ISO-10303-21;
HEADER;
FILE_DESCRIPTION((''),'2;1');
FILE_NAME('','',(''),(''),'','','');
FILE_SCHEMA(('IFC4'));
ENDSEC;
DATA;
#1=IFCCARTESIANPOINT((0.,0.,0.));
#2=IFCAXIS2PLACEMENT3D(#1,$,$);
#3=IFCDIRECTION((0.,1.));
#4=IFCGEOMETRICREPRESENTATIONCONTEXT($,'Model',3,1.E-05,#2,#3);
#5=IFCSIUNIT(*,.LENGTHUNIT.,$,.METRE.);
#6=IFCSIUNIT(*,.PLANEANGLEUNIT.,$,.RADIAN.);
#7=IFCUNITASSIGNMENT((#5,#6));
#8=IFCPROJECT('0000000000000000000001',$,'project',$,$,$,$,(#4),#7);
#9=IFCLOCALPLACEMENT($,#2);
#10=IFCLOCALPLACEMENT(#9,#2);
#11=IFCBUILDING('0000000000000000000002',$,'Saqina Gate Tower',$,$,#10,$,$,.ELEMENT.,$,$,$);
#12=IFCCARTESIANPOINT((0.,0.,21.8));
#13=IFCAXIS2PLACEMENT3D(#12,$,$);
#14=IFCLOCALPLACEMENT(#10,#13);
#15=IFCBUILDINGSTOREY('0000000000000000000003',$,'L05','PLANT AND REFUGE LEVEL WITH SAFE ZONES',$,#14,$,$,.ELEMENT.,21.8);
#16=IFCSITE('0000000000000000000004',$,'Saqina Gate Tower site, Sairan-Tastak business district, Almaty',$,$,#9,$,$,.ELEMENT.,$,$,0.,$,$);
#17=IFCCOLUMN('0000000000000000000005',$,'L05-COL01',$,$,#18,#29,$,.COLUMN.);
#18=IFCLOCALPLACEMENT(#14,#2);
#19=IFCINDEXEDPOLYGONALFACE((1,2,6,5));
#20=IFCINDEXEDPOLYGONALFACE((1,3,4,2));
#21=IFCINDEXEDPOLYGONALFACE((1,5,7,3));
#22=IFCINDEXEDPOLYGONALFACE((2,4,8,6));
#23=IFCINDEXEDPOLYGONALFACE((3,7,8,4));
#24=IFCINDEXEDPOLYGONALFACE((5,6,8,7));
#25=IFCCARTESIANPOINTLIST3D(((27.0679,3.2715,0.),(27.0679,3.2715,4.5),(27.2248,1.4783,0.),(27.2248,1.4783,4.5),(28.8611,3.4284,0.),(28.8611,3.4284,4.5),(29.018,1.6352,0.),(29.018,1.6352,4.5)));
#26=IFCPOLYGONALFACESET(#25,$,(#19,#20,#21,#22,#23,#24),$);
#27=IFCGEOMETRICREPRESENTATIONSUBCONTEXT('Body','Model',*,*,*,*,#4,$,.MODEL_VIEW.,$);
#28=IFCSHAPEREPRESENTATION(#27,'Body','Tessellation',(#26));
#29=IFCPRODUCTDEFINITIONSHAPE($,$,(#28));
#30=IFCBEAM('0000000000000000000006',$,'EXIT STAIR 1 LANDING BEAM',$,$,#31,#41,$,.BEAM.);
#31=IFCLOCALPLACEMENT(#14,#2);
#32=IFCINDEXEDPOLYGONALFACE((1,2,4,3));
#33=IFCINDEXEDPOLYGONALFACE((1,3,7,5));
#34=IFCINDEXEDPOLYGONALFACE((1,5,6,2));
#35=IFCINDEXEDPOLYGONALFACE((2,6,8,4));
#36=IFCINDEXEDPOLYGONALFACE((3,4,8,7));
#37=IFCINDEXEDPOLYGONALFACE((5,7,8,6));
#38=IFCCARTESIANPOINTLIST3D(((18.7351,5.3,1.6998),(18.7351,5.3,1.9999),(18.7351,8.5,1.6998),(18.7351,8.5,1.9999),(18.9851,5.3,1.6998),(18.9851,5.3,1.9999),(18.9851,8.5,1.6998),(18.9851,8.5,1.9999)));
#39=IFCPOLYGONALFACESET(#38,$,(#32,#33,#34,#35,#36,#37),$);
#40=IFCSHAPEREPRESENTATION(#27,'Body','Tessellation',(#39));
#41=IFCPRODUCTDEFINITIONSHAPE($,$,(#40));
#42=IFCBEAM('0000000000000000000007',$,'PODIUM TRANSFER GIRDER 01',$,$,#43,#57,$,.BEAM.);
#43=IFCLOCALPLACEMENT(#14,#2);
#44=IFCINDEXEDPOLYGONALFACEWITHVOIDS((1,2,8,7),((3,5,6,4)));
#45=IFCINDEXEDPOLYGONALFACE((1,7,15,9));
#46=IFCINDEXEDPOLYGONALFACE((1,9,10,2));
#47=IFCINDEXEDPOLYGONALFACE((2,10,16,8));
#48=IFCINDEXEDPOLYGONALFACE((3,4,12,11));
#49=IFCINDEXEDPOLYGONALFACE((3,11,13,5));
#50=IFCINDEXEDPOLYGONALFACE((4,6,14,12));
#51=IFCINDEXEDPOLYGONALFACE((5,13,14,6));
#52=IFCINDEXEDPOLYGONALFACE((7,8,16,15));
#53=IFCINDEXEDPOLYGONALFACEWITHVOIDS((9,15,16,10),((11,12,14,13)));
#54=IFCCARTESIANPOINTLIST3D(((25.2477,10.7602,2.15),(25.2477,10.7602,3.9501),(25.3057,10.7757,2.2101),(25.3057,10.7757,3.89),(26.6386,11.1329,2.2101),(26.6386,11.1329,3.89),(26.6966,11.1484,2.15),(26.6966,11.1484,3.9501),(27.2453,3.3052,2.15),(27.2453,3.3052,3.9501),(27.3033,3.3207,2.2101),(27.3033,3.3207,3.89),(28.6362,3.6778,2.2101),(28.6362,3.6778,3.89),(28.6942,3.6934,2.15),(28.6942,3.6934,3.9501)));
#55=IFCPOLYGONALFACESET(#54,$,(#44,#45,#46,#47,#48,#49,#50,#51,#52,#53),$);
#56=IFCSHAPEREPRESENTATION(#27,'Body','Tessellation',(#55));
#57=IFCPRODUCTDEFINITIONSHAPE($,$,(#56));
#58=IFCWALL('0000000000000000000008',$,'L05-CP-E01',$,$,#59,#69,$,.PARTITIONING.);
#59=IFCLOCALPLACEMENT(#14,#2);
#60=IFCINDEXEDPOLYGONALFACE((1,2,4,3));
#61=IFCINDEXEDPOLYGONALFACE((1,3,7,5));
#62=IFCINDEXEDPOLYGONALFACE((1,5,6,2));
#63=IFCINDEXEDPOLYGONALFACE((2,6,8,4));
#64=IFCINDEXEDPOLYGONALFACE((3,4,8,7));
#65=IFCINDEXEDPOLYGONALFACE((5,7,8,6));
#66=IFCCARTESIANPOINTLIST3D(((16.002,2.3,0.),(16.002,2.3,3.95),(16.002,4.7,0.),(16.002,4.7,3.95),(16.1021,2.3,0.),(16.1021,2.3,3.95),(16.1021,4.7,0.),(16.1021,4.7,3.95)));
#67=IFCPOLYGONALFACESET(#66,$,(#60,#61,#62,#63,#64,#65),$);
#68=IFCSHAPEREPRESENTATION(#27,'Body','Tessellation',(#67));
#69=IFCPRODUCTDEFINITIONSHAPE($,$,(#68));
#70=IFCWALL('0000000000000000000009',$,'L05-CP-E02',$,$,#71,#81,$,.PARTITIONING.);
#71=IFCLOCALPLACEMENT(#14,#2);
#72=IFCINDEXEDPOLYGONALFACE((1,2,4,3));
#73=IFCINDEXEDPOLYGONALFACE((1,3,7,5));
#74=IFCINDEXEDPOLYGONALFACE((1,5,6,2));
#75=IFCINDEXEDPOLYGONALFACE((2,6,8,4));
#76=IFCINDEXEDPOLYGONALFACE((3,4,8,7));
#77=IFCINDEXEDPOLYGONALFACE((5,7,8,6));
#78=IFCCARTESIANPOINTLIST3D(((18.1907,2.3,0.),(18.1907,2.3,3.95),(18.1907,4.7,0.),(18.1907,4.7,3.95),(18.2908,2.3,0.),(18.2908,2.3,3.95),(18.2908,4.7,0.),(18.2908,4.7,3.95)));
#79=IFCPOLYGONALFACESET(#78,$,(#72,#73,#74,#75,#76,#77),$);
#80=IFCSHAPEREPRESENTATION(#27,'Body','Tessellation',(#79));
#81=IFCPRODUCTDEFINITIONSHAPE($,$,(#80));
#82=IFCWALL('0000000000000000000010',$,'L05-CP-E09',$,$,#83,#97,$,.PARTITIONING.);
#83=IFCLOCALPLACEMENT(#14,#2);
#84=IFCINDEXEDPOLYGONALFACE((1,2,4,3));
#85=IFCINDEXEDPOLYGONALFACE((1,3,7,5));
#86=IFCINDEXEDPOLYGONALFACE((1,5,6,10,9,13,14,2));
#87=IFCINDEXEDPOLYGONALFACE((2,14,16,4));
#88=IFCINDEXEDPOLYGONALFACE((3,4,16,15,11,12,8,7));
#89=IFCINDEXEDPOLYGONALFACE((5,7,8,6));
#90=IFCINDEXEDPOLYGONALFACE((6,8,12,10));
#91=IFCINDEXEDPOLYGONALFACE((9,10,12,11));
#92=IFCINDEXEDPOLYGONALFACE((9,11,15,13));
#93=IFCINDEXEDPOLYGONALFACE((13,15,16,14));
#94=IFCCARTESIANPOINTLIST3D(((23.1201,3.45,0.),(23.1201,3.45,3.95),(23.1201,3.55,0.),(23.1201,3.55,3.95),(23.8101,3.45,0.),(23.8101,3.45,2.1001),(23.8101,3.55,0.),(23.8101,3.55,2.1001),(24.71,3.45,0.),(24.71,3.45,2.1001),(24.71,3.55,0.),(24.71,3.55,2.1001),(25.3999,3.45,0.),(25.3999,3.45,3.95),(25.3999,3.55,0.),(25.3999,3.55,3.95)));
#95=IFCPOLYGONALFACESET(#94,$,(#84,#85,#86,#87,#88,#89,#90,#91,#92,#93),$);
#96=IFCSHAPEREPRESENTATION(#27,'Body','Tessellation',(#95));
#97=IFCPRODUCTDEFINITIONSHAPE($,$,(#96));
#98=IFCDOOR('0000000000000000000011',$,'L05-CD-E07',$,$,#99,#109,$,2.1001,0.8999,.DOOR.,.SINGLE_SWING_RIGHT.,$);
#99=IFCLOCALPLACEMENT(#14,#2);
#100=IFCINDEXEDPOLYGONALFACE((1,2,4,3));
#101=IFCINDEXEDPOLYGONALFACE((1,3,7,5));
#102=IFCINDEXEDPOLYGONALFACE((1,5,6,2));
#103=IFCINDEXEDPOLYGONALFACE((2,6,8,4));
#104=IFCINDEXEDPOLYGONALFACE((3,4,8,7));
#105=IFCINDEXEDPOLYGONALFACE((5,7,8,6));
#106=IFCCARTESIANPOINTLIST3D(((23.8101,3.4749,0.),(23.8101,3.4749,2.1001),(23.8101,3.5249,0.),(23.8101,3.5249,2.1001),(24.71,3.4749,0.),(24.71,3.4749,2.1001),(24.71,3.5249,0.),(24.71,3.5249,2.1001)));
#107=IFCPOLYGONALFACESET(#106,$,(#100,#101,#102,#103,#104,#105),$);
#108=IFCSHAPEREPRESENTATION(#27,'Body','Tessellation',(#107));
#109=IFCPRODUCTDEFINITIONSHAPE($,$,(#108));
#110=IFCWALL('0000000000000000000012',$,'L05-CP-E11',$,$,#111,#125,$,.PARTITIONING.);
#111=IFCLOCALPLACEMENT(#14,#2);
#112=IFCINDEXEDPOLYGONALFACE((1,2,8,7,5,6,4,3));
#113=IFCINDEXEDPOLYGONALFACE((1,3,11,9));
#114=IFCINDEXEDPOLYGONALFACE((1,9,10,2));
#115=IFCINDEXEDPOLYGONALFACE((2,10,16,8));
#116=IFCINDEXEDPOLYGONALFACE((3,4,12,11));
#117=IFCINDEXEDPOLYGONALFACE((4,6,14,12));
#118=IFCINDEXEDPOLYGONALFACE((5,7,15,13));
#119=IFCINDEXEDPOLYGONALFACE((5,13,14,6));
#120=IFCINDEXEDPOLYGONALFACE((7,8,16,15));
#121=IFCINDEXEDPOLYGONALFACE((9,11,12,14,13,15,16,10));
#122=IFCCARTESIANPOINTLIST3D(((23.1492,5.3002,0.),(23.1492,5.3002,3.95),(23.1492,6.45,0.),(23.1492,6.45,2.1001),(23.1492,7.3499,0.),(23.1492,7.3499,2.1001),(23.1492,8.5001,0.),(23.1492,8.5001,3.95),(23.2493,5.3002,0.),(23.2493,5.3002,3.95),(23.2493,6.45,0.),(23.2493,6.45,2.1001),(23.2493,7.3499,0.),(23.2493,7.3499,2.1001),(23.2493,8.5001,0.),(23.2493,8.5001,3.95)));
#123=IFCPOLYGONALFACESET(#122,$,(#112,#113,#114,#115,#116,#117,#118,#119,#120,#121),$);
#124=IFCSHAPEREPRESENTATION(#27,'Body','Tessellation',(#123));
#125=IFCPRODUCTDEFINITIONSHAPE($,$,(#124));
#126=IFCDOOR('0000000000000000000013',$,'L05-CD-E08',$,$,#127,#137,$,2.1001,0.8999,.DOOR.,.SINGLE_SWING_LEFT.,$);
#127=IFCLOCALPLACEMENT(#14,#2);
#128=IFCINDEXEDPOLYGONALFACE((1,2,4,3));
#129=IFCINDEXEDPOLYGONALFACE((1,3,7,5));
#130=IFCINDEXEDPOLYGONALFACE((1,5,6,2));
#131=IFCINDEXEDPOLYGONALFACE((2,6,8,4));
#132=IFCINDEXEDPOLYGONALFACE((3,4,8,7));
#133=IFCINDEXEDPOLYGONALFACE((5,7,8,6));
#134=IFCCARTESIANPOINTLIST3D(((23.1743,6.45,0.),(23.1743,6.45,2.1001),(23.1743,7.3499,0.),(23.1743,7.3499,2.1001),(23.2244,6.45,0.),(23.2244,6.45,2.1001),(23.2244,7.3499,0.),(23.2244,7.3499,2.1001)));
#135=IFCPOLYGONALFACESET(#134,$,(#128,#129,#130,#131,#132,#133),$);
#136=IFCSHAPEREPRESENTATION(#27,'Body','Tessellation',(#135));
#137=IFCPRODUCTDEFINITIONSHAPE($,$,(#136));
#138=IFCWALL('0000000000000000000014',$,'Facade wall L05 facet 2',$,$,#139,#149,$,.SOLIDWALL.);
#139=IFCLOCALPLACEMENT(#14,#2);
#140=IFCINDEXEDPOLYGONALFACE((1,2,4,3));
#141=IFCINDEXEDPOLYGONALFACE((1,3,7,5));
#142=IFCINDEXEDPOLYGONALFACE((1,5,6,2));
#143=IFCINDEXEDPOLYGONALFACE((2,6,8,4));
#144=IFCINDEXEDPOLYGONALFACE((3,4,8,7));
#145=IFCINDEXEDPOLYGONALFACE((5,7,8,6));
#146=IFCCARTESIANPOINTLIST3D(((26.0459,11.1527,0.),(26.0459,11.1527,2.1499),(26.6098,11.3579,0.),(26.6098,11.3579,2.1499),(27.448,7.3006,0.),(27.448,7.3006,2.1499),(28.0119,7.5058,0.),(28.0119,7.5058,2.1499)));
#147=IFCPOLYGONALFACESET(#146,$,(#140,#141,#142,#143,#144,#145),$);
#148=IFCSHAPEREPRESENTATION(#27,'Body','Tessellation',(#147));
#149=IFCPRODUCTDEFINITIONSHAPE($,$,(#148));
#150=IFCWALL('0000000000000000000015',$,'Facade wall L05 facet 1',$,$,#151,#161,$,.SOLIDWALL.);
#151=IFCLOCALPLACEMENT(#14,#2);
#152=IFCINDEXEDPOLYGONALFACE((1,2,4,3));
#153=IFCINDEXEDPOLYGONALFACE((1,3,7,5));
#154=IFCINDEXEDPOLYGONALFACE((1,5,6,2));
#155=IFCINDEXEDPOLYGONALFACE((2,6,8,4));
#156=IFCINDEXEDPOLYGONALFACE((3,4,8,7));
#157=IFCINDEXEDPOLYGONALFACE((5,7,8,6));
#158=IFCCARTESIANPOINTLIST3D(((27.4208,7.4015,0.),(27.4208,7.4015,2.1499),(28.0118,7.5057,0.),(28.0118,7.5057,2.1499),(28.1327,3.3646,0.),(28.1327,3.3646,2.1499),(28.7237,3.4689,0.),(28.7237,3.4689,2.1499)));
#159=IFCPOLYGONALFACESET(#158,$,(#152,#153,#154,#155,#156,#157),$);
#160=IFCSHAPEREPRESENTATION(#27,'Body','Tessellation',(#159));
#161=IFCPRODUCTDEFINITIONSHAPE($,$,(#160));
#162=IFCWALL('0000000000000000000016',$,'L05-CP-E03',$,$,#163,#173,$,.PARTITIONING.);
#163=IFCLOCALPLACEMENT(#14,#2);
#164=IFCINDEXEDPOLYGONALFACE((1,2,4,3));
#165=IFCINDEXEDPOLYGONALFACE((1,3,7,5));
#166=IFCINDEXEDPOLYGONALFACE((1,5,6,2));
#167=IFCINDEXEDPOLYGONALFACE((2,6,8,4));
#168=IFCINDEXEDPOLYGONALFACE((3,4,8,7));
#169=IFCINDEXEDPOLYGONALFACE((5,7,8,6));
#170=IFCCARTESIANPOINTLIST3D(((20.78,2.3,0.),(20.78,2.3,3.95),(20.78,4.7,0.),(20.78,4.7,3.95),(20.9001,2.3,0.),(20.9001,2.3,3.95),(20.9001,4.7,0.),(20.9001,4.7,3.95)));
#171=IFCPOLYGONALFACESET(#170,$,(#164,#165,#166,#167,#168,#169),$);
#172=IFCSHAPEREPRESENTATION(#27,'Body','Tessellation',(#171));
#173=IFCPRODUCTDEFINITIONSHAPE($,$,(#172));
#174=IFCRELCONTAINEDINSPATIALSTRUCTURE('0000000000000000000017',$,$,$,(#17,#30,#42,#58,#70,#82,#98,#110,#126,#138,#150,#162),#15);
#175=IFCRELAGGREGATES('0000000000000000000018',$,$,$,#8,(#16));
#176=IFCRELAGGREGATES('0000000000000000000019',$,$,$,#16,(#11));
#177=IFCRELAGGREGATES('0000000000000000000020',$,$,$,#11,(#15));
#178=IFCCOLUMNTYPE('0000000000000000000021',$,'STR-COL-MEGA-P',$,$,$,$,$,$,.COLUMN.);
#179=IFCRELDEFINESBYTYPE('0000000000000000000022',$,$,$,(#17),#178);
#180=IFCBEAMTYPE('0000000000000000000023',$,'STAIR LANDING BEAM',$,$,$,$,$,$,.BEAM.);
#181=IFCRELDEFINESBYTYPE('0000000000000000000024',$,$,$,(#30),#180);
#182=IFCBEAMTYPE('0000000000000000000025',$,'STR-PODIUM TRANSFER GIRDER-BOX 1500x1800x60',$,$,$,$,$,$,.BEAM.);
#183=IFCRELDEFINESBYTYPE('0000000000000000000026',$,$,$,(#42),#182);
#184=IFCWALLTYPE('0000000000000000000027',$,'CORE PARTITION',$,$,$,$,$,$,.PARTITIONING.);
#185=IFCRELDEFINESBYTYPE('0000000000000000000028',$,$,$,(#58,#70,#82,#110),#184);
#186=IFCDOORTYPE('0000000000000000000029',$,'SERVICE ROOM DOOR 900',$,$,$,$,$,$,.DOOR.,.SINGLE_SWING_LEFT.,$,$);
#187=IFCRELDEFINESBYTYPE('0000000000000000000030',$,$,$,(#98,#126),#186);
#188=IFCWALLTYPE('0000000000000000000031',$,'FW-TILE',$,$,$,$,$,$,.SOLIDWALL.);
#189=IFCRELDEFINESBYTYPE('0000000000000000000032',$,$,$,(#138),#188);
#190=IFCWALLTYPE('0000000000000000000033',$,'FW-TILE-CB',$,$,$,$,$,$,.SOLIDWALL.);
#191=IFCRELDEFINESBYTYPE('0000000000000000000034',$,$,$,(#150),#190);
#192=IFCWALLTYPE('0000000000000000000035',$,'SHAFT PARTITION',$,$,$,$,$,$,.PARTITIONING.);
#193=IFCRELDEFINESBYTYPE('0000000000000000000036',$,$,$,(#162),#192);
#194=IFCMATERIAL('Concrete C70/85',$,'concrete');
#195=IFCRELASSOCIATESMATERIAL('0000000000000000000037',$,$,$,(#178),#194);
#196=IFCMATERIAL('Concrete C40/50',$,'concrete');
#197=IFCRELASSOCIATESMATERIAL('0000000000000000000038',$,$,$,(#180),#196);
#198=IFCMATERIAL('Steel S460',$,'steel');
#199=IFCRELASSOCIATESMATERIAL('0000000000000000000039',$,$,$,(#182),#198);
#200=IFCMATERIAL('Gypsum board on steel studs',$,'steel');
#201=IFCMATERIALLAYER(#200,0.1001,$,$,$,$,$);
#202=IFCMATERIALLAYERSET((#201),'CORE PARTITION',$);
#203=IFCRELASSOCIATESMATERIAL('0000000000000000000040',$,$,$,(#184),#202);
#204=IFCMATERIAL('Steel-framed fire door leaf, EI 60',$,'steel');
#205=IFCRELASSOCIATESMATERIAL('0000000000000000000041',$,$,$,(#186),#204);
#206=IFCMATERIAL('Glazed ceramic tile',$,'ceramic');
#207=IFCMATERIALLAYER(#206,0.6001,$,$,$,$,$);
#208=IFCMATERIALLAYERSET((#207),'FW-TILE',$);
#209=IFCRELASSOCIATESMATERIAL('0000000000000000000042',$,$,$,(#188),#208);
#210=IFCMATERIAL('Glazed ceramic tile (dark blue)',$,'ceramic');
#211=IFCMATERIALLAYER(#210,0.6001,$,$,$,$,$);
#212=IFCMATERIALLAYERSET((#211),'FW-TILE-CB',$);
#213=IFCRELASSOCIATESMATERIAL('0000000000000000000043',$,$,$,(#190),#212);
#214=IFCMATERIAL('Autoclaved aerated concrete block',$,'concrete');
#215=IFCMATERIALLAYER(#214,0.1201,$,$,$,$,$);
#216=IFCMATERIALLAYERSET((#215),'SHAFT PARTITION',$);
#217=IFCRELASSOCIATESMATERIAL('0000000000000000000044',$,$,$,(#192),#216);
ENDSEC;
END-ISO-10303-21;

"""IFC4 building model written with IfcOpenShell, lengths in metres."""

from ifc_helpers import new_model, si_unit, direction, frame, frame_2d, origin, origin_2d, place, context, subcontext, project, spatial, rectangle, hollow_rectangle, extrude, material, layer, layer_set, material_profile, profile_set, type_object, element, fill, save


model = new_model("IFC4")

# Units and contexts
model_context = context("Model", 3, precision=1e-05, world=origin(), true_north=direction((0.0, 1.0)))
body_context = subcontext(model_context, "Body", "Model", "MODEL_VIEW")
ifc_project = project(units=[si_unit("LENGTHUNIT", "METRE"), si_unit("PLANEANGLEUNIT", "RADIAN")], contexts=[model_context])

# Site, building, storey
site_placement = place(None, origin())
site = spatial("IfcSite", under=ifc_project, at=site_placement, Name="Saqina Gate Tower site, Sairan-Tastak business district, Almaty", CompositionType="ELEMENT", RefElevation=0.0)
building_placement = place(site_placement, origin())
building = spatial("IfcBuilding", under=site, at=building_placement, Name="Saqina Gate Tower", CompositionType="ELEMENT")
storey_placement = place(building_placement, frame((0.0, 0.0, 21.8)))
storey = spatial("IfcBuildingStorey", under=building, at=storey_placement, Name="L05", Description="PLANT AND REFUGE LEVEL WITH SAFE ZONES", CompositionType="ELEMENT", Elevation=21.8)

# Column
ifc_material_1 = material(Name="Concrete C70/85", Category="concrete")
ifc_material_profile_1 = material_profile(ifc_material_1, rectangle(XDim=1.8, YDim=1.8, at=origin_2d()), Name="RC 1800x1800")
ifc_profile_set_1 = profile_set([ifc_material_profile_1], Name="Concrete C70/85")
column_type = type_object("IfcColumnType", Name="STR-COL-MEGA-P", PredefinedType="COLUMN", material=ifc_profile_set_1)
column_placement = place(storey_placement, frame((28.043, 2.4534, 0.0), z_axis=(0.0, 0.0, 1.0), x_axis=(0.996195, 0.087156, 0.0)))
element("IfcColumn", 1, at=column_placement, inside=storey, type_object=column_type, Name="L05-COL01", PredefinedType="COLUMN", context=body_context, shape_type="SweptSolid", body=[
    extrude(rectangle(XDim=1.8, YDim=1.8, at=origin_2d()), origin(), (0.0, 0.0, 1.0), 4.5),
])

# Beams
ifc_material_2 = material(Name="Concrete C40/50", Category="concrete")
ifc_material_profile_2 = material_profile(ifc_material_2, rectangle(XDim=0.25, YDim=0.3, at=origin_2d()), Name="STAIR LANDING BEAM")
ifc_profile_set_2 = profile_set([ifc_material_profile_2], Name="Concrete C40/50")
beam_type_1 = type_object("IfcBeamType", Name="STAIR LANDING BEAM", PredefinedType="BEAM", material=ifc_profile_set_2)
beam_1_placement = place(storey_placement, frame((18.8601, 5.3, 1.8499), z_axis=(0.0, 1.0, 0.0), x_axis=(-1.0, 0.0, 0.0)))
element("IfcBeam", 2, at=beam_1_placement, inside=storey, type_object=beam_type_1, Name="EXIT STAIR 1 LANDING BEAM", PredefinedType="BEAM", context=body_context, shape_type="SweptSolid", body=[
    extrude(rectangle(XDim=0.25, YDim=0.3, at=origin_2d()), origin(), (0.0, 0.0, 1.0), 3.2),
])
ifc_material_3 = material(Name="Steel S460", Category="steel")
ifc_material_profile_3 = material_profile(ifc_material_3, hollow_rectangle(XDim=1.5, YDim=1.8, WallThickness=0.0601, at=origin_2d()), Name="BOX 1500x1800x60")
ifc_profile_set_3 = profile_set([ifc_material_profile_3], Name="Steel S460")
beam_type_2 = type_object("IfcBeamType", Name="STR-PODIUM TRANSFER GIRDER-BOX 1500x1800x60", PredefinedType="BEAM", material=ifc_profile_set_3)
beam_2_placement = place(storey_placement, frame((27.9697, 3.4993, 3.05), z_axis=(-0.258816, 0.965927, 0.0), x_axis=(-0.965927, -0.258816, 0.0)))
element("IfcBeam", 3, at=beam_2_placement, inside=storey, type_object=beam_type_2, Name="PODIUM TRANSFER GIRDER 01", PredefinedType="BEAM", context=body_context, shape_type="SweptSolid", body=[
    extrude(hollow_rectangle(XDim=1.5, YDim=1.8, WallThickness=0.0601, at=origin_2d()), origin(), (0.0, 0.0, 1.0), 7.718),
])

# Walls
ifc_material_4 = material(Name="Gypsum board on steel studs", Category="steel")
ifc_layer_1 = layer(ifc_material_4, 0.1001)
ifc_layer_set_1 = layer_set([ifc_layer_1], Name="CORE PARTITION")
wall_type_1 = type_object("IfcWallType", Name="CORE PARTITION", PredefinedType="PARTITIONING", material=ifc_layer_set_1)
for number, where, z_axis, x_axis, name in (
    (4, (16.052, 2.3, 0.0), (0.0, 0.0, 1.0), (0.0, 1.0, 0.0), "L05-CP-E01"),
    (5, (18.2407, 2.3, 0.0), (0.0, 0.0, 1.0), (0.0, 1.0, 0.0), "L05-CP-E02"),
):
    element("IfcWall", number, at=place(storey_placement, frame(where, z_axis=z_axis, x_axis=x_axis)), inside=storey, type_object=wall_type_1, Name=name, PredefinedType="PARTITIONING", context=body_context, shape_type="SweptSolid", body=[
        extrude(rectangle(XDim=2.3999, YDim=0.1001, at=frame_2d((1.2, 0.0))), origin(), (0.0, 0.0, 1.0), 3.95),
    ])

# Walls, openings, doors
wall_1_placement = place(storey_placement, frame((23.1201, 3.5, 0.0), z_axis=(0.0, 0.0, 1.0), x_axis=(1.0, 0.0, 0.0)))
wall_1 = element("IfcWall", 6, at=wall_1_placement, inside=storey, type_object=wall_type_1, Name="L05-CP-E09", PredefinedType="PARTITIONING", context=body_context, shape_type="SweptSolid", body=[
    extrude(rectangle(XDim=2.2798, YDim=0.1001, at=frame_2d((1.1399, 0.0))), origin(), (0.0, 0.0, 1.0), 3.95),
])
opening_1_placement = place(wall_1_placement, frame((0.6899, 0.0, 0.0)))
opening_1 = element("IfcOpeningElement", 7, at=opening_1_placement, cuts=wall_1, PredefinedType="OPENING", context=body_context, shape_type="SweptSolid", body=[
    extrude(rectangle(XDim=0.8999, YDim=2.1001, at=frame_2d((0.45, 1.05))), frame((0.0, 0.062, 0.0), z_axis=(0.0, -1.0, 0.0), x_axis=(1.0, 0.0, 0.0)), (0.0, 0.0, 1.0), 0.124),
])
ifc_material_5 = material(Name="Steel-framed fire door leaf, EI 60", Category="steel")
door_type = type_object("IfcDoorType", Name="SERVICE ROOM DOOR 900", OperationType="SINGLE_SWING_LEFT", PredefinedType="DOOR", material=ifc_material_5)
door_1_placement = place(opening_1_placement, origin())
door_1 = element("IfcDoor", 8, at=door_1_placement, inside=storey, type_object=door_type, Name="L05-CD-E07", OperationType="SINGLE_SWING_RIGHT", OverallHeight=2.1001, OverallWidth=0.8999, PredefinedType="DOOR", context=body_context, shape_type="SweptSolid", body=[
    extrude(rectangle(XDim=0.8999, YDim=2.1001, at=frame_2d((0.45, 1.05))), frame((0.0, 0.0249, 0.0), z_axis=(0.0, -1.0, 0.0), x_axis=(1.0, 0.0, 0.0)), (0.0, 0.0, 1.0), 0.05),
])
fill(opening_1, door_1)
wall_2_placement = place(storey_placement, frame((23.1992, 5.3, 0.0), z_axis=(0.0, 0.0, 1.0), x_axis=(0.0, 1.0, 0.0)))
wall_2 = element("IfcWall", 9, at=wall_2_placement, inside=storey, type_object=wall_type_1, Name="L05-CP-E11", PredefinedType="PARTITIONING", context=body_context, shape_type="SweptSolid", body=[
    extrude(rectangle(XDim=3.2, YDim=0.1001, at=frame_2d((1.6001, 0.0))), origin(), (0.0, 0.0, 1.0), 3.95),
])
opening_2_placement = place(wall_2_placement, frame((1.1499, 0.0, 0.0)))
opening_2 = element("IfcOpeningElement", 10, at=opening_2_placement, cuts=wall_2, PredefinedType="OPENING", context=body_context, shape_type="SweptSolid", body=[
    extrude(rectangle(XDim=0.8999, YDim=2.1001, at=frame_2d((0.45, 1.05))), frame((0.0, 0.062, 0.0), z_axis=(0.0, -1.0, 0.0), x_axis=(1.0, 0.0, 0.0)), (0.0, 0.0, 1.0), 0.124),
])
door_2_placement = place(opening_2_placement, origin())
door_2 = element("IfcDoor", 11, at=door_2_placement, inside=storey, type_object=door_type, Name="L05-CD-E08", OperationType="SINGLE_SWING_LEFT", OverallHeight=2.1001, OverallWidth=0.8999, PredefinedType="DOOR", context=body_context, shape_type="SweptSolid", body=[
    extrude(rectangle(XDim=0.8999, YDim=2.1001, at=frame_2d((0.45, 1.05))), frame((0.0, 0.0249, 0.0), z_axis=(0.0, -1.0, 0.0), x_axis=(1.0, 0.0, 0.0)), (0.0, 0.0, 1.0), 0.05),
])
fill(opening_2, door_2)

# Walls
ifc_material_6 = material(Name="Glazed ceramic tile", Category="ceramic")
ifc_layer_2 = layer(ifc_material_6, 0.6001)
ifc_layer_set_2 = layer_set([ifc_layer_2], Name="FW-TILE")
wall_type_2 = type_object("IfcWallType", Name="FW-TILE", PredefinedType="SOLIDWALL", material=ifc_layer_set_2)
wall_3_placement = place(storey_placement, frame((27.73, 7.4031, 0.0), z_axis=(0.0, 0.0, 1.0), x_axis=(-0.342035, 0.939687, 0.0)))
element("IfcWall", 12, at=wall_3_placement, inside=storey, type_object=wall_type_2, Name="Facade wall L05 facet 2", PredefinedType="SOLIDWALL", context=body_context, shape_type="SweptSolid", body=[
    extrude(rectangle(XDim=4.0994, YDim=0.6001, at=frame_2d((2.0498, 0.0))), origin(), (0.0, 0.0, 1.0), 2.1499),
])
ifc_material_7 = material(Name="Glazed ceramic tile (dark blue)", Category="ceramic")
ifc_layer_3 = layer(ifc_material_7, 0.6001)
ifc_layer_set_3 = layer_set([ifc_layer_3], Name="FW-TILE-CB")
wall_type_3 = type_object("IfcWallType", Name="FW-TILE-CB", PredefinedType="SOLIDWALL", material=ifc_layer_set_3)
wall_4_placement = place(storey_placement, frame((28.4282, 3.4167, 0.0), z_axis=(0.0, 0.0, 1.0), x_axis=(-0.173673, 0.984803, 0.0)))
element("IfcWall", 13, at=wall_4_placement, inside=storey, type_object=wall_type_3, Name="Facade wall L05 facet 1", PredefinedType="SOLIDWALL", context=body_context, shape_type="SweptSolid", body=[
    extrude(rectangle(XDim=4.0991, YDim=0.6001, at=frame_2d((2.0496, 0.0))), origin(), (0.0, 0.0, 1.0), 2.1499),
])
ifc_material_8 = material(Name="Autoclaved aerated concrete block", Category="concrete")
ifc_layer_4 = layer(ifc_material_8, 0.1201)
ifc_layer_set_4 = layer_set([ifc_layer_4], Name="SHAFT PARTITION")
wall_type_4 = type_object("IfcWallType", Name="SHAFT PARTITION", PredefinedType="PARTITIONING", material=ifc_layer_set_4)
for number, where, z_axis, x_axis, name in (
    (14, (20.8401, 2.3, 0.0), (0.0, 0.0, 1.0), (0.0, 1.0, 0.0), "L05-CP-E03"),
):
    element("IfcWall", number, at=place(storey_placement, frame(where, z_axis=z_axis, x_axis=x_axis)), inside=storey, type_object=wall_type_4, Name=name, PredefinedType="PARTITIONING", context=body_context, shape_type="SweptSolid", body=[
        extrude(rectangle(XDim=2.3999, YDim=0.1201, at=frame_2d((1.2, 0.0))), origin(), (0.0, 0.0, 1.0), 3.95),
    ])

save(model, "model.ifc")
